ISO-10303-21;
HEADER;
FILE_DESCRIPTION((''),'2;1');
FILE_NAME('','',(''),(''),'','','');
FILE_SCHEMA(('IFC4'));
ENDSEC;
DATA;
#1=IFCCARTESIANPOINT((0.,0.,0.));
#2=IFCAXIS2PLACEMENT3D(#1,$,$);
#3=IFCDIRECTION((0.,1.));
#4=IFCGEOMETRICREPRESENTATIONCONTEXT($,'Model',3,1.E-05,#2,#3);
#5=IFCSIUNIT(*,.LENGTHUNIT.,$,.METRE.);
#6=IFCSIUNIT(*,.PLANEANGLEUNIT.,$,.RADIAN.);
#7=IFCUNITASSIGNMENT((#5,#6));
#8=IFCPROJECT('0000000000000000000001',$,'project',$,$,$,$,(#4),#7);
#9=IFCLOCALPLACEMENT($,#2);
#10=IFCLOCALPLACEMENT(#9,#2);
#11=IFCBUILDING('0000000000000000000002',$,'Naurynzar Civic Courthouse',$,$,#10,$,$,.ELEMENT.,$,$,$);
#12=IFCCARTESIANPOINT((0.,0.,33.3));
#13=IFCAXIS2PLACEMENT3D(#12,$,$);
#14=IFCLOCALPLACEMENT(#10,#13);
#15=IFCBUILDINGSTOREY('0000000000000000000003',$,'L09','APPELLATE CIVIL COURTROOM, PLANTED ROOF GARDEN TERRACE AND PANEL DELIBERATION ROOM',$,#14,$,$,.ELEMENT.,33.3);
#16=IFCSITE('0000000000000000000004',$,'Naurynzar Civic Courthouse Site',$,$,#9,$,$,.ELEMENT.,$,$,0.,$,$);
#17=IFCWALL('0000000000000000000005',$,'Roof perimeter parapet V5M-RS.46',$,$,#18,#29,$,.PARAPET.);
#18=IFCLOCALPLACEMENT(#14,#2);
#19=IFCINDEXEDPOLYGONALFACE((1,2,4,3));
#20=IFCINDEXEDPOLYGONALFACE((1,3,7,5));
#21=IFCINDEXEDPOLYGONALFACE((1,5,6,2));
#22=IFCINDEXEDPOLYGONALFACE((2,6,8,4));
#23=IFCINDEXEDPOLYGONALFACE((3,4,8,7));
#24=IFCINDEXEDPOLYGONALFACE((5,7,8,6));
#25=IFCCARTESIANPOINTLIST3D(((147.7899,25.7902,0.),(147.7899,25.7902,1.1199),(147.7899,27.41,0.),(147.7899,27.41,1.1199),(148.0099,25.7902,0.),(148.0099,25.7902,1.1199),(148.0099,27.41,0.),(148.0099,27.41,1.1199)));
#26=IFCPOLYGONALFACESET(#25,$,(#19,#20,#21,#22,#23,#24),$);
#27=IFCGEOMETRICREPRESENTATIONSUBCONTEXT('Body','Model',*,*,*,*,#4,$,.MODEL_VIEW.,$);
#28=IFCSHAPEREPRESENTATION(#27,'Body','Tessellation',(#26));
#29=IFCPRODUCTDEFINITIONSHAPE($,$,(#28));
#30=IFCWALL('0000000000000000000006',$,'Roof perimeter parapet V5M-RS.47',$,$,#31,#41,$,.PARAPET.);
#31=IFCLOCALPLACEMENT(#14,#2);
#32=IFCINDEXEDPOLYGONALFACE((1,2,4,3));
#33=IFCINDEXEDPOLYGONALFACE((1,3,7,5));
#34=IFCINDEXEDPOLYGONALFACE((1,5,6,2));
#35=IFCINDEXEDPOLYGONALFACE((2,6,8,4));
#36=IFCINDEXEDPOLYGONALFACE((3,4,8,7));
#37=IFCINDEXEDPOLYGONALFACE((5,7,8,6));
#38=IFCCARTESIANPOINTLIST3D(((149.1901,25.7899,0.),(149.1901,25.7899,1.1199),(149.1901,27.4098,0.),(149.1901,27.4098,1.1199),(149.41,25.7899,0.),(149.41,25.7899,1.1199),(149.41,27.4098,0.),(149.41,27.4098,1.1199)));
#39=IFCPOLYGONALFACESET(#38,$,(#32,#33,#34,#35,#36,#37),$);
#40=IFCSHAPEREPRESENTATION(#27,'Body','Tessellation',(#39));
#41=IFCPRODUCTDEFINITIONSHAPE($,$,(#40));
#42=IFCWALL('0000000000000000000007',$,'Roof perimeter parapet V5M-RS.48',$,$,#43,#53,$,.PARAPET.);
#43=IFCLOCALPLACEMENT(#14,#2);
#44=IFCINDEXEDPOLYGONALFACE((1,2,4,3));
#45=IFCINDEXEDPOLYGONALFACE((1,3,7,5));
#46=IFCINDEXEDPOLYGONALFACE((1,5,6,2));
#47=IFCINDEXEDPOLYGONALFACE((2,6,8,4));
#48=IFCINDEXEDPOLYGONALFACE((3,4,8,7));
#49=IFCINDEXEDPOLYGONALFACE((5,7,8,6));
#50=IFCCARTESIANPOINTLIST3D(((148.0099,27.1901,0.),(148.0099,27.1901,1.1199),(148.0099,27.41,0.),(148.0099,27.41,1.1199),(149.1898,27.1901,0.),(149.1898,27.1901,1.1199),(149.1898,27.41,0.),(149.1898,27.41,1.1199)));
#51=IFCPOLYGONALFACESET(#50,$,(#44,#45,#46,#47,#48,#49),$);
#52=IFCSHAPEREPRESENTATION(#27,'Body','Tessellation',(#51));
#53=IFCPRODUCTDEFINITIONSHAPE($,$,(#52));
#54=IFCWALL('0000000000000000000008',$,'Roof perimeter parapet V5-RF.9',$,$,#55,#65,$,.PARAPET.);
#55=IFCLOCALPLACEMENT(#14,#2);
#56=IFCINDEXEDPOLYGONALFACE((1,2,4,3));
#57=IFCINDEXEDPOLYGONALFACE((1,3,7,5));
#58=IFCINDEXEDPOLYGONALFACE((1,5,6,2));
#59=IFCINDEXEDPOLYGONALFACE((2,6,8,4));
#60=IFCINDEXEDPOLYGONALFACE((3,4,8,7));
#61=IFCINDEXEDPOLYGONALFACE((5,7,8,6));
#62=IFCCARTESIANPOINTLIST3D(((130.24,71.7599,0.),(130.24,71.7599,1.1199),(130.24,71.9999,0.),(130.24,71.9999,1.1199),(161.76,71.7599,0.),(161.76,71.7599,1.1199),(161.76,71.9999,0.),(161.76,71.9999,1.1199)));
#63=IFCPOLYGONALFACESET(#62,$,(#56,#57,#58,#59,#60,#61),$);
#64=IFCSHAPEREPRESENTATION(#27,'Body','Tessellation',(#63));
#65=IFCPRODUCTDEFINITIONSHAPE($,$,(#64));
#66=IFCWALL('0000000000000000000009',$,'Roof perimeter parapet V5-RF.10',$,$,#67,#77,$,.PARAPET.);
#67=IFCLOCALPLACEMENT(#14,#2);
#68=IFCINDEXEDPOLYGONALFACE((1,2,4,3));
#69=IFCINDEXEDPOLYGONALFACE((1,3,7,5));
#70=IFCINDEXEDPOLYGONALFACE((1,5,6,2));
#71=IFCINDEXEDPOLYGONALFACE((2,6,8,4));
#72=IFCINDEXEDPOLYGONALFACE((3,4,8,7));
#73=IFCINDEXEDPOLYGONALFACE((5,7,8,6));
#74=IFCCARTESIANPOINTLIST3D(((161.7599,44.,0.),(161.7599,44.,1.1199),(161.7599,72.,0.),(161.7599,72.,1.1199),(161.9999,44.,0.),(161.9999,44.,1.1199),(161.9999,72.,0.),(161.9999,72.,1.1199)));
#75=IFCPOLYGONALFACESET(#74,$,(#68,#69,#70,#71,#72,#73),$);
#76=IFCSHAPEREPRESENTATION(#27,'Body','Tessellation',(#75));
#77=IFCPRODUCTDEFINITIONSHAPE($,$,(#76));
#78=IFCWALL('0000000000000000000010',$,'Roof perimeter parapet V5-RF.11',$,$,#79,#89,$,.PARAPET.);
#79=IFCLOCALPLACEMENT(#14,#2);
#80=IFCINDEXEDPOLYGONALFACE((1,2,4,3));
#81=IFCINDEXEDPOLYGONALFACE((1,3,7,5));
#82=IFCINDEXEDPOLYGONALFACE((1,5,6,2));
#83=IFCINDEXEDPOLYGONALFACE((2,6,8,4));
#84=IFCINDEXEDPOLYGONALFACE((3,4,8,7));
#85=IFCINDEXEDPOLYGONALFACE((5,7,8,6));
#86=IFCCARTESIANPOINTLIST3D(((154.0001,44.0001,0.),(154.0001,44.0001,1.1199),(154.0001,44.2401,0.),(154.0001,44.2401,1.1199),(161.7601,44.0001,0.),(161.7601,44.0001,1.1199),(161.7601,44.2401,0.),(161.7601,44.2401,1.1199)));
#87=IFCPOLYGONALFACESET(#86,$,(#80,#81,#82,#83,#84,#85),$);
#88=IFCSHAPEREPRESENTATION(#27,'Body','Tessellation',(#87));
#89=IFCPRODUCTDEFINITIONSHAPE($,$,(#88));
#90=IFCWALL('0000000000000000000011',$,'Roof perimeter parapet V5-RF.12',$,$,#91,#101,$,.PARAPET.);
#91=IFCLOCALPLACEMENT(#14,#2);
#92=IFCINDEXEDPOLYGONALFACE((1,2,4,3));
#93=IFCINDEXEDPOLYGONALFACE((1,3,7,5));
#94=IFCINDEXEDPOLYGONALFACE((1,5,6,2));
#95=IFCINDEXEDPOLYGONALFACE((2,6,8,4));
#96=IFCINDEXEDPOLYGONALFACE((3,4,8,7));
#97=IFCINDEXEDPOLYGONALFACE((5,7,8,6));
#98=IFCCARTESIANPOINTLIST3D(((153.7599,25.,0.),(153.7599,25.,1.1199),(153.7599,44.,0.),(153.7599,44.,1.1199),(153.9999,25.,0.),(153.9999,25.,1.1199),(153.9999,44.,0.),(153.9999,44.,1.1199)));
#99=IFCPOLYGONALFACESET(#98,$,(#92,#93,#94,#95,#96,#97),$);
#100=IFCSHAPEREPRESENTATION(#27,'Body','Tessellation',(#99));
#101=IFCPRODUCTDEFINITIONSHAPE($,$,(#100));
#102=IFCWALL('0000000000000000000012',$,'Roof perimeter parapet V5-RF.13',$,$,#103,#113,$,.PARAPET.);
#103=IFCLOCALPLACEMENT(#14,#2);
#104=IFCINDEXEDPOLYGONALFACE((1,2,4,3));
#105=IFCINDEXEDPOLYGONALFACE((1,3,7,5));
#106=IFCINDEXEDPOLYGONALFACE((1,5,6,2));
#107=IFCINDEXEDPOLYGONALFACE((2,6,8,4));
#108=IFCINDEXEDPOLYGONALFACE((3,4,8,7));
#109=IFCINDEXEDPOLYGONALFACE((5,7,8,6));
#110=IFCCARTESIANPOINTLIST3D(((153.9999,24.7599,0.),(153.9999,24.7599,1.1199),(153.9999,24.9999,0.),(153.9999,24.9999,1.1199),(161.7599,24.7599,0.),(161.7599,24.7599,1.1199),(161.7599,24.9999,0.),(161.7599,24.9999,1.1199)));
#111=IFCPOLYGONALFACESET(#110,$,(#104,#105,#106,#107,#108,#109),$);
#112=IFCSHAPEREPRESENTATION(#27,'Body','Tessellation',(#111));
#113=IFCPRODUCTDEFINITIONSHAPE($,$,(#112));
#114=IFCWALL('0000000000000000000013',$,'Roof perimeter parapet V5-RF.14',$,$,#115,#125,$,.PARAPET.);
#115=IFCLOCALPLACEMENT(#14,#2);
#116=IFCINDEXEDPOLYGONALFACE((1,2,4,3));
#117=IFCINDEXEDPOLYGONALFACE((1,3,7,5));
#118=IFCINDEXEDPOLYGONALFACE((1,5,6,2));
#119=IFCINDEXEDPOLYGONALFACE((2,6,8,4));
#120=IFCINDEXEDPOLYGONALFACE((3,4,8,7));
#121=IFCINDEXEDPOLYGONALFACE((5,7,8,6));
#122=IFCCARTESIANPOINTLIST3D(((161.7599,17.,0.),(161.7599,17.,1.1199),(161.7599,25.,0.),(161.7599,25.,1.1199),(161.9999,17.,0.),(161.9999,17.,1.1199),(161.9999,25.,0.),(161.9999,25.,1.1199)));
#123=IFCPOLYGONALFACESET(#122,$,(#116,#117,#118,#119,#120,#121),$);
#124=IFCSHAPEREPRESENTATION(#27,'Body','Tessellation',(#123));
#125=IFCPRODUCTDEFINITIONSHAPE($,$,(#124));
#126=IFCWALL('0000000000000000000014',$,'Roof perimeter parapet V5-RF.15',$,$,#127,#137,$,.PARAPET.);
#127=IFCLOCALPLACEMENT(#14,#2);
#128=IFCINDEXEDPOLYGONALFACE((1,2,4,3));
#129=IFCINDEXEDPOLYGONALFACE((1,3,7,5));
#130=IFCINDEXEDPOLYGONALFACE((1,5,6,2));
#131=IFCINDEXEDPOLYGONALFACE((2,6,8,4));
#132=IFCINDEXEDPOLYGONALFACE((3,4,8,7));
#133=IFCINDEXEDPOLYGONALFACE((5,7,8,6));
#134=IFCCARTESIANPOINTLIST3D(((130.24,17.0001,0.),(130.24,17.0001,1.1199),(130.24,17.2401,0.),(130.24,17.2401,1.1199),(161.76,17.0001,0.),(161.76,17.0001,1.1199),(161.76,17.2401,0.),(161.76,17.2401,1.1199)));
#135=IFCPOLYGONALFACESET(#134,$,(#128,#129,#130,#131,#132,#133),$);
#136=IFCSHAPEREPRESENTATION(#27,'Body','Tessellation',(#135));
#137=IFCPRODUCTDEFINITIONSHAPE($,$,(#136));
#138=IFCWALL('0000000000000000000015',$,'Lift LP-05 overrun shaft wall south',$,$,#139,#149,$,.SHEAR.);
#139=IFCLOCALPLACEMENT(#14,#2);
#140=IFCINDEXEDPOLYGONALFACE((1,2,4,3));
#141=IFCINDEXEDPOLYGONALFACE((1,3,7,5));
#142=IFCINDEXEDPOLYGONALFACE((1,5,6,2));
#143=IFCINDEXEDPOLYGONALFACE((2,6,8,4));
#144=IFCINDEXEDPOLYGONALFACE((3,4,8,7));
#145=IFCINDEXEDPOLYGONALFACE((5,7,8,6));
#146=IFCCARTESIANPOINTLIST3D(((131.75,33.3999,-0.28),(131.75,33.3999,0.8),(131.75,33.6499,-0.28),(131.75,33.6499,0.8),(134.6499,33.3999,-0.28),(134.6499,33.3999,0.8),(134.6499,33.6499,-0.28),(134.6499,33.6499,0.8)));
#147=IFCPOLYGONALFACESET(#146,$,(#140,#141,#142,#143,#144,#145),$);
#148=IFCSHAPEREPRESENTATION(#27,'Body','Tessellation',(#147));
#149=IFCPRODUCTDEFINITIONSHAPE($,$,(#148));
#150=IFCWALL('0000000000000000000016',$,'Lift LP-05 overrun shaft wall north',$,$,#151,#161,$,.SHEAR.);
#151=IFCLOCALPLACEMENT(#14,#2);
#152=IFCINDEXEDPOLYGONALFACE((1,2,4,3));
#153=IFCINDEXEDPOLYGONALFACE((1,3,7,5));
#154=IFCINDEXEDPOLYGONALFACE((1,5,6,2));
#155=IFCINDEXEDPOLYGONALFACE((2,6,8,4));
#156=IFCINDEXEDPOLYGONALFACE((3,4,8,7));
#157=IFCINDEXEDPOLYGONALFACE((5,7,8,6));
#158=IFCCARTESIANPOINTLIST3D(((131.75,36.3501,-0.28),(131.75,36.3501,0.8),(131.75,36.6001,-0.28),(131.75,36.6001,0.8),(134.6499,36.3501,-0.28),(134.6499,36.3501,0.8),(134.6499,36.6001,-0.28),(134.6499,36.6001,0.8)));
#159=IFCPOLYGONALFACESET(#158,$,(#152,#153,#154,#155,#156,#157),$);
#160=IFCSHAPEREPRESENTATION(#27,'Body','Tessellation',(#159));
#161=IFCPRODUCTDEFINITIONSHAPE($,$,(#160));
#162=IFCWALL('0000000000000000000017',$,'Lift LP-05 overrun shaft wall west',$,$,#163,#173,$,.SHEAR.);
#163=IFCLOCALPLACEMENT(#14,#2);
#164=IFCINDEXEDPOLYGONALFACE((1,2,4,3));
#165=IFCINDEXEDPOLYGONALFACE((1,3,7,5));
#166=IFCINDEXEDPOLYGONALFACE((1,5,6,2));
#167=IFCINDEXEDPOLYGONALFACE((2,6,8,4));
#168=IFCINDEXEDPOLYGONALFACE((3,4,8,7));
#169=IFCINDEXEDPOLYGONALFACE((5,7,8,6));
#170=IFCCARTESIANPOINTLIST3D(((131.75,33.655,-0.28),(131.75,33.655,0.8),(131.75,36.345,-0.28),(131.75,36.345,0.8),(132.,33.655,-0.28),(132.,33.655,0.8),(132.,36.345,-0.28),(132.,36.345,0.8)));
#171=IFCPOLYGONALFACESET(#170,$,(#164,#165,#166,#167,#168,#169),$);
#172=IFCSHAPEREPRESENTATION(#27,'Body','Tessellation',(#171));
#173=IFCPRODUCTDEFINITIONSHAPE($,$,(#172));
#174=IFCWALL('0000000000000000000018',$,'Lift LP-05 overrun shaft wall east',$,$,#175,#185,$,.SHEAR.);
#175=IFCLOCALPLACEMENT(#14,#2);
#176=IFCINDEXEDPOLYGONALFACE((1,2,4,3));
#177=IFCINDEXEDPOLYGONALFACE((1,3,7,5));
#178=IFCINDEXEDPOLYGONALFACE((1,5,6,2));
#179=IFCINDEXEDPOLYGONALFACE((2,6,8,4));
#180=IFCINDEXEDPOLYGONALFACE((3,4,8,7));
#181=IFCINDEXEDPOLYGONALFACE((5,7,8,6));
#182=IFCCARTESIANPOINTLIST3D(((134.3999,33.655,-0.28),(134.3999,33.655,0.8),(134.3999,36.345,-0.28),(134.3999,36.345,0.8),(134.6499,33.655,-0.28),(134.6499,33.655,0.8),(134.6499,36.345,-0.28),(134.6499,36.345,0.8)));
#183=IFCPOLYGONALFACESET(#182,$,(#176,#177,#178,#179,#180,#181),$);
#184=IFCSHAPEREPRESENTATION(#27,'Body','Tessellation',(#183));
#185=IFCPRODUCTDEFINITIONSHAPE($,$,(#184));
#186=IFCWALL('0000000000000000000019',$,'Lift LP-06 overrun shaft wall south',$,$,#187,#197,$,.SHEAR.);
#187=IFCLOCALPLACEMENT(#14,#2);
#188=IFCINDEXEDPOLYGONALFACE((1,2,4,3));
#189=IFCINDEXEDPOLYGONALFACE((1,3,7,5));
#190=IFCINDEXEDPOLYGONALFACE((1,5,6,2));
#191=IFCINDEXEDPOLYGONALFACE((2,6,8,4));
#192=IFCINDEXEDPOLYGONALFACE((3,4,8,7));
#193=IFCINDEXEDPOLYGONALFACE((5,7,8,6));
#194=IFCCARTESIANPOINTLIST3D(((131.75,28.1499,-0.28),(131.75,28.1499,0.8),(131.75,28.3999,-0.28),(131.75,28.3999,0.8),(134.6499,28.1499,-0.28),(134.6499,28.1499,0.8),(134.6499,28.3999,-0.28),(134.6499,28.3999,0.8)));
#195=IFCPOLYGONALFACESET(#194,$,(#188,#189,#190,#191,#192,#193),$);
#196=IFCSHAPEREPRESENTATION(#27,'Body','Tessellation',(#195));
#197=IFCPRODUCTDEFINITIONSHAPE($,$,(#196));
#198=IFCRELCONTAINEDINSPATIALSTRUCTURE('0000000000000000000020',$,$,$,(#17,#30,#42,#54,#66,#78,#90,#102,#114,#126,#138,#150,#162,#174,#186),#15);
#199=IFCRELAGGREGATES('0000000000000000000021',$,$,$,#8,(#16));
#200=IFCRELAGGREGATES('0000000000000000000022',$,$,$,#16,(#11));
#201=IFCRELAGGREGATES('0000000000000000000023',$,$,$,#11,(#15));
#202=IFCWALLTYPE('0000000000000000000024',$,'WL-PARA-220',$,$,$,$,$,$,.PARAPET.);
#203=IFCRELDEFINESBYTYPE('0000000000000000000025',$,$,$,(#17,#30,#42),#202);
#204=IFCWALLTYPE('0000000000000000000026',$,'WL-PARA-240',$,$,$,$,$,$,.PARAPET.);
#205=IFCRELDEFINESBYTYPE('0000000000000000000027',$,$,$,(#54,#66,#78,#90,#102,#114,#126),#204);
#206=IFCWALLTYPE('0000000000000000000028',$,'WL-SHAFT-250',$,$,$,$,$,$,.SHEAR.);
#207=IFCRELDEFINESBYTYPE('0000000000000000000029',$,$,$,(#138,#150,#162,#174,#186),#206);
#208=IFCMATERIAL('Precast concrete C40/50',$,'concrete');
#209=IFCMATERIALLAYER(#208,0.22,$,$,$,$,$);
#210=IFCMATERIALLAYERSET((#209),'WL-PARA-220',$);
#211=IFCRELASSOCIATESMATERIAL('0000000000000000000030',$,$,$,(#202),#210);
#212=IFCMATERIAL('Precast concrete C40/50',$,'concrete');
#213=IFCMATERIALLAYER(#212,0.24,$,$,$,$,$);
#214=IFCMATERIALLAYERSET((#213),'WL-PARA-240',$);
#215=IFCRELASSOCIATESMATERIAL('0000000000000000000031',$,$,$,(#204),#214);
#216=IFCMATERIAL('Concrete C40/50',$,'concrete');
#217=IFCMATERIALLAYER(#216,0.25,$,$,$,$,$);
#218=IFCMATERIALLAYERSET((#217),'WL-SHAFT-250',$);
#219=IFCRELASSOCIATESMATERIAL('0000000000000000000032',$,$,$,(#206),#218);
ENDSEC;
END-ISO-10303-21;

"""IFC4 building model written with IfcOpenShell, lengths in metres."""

from ifc_helpers import new_model, si_unit, direction, frame, frame_2d, origin, place, context, subcontext, project, spatial, rectangle, extrude, material, layer, layer_set, type_object, element, save


model = new_model("IFC4")

# Units and contexts
model_context = context("Model", 3, precision=1e-05, world=origin(), true_north=direction((0.0, 1.0)))
body_context = subcontext(model_context, "Body", "Model", "MODEL_VIEW")
ifc_project = project(units=[si_unit("LENGTHUNIT", "METRE"), si_unit("PLANEANGLEUNIT", "RADIAN")], contexts=[model_context])

# Site, building, storey
site_placement = place(None, origin())
site = spatial("IfcSite", under=ifc_project, at=site_placement, Name="Naurynzar Civic Courthouse Site", CompositionType="ELEMENT", RefElevation=0.0)
building_placement = place(site_placement, origin())
building = spatial("IfcBuilding", under=site, at=building_placement, Name="Naurynzar Civic Courthouse", CompositionType="ELEMENT")
storey_placement = place(building_placement, frame((0.0, 0.0, 33.3)))
storey = spatial("IfcBuildingStorey", under=building, at=storey_placement, Name="L09", Description="APPELLATE CIVIL COURTROOM, PLANTED ROOF GARDEN TERRACE AND PANEL DELIBERATION ROOM", CompositionType="ELEMENT", Elevation=33.3)

# Walls
ifc_material_1 = material(Name="Precast concrete C40/50", Category="concrete")
ifc_layer_1 = layer(ifc_material_1, 0.22)
ifc_layer_set_1 = layer_set([ifc_layer_1], Name="WL-PARA-220")
wall_type_1 = type_object("IfcWallType", Name="WL-PARA-220", PredefinedType="PARAPET", material=ifc_layer_set_1)
for number, where, z_axis, x_axis, name in (
    (1, (147.8999, 25.79, 0.0), (0.0, 0.0, 1.0), (0.0, 1.0, 0.0), "Roof perimeter parapet V5M-RS.46"),
    (2, (149.3, 27.4099, 0.0), (0.0, 0.0, 1.0), (0.0, -1.0, 0.0), "Roof perimeter parapet V5M-RS.47"),
):
    element("IfcWall", number, at=place(storey_placement, frame(where, z_axis=z_axis, x_axis=x_axis)), inside=storey, type_object=wall_type_1, Name=name, PredefinedType="PARAPET", context=body_context, shape_type="SweptSolid", body=[
        extrude(rectangle(XDim=1.6199, YDim=0.22, at=frame_2d((0.8101, 0.0))), origin(), (0.0, 0.0, 1.0), 1.1199),
    ])
for number, where, z_axis, x_axis, name in (
    (3, (148.01, 27.3, 0.0), (0.0, 0.0, 1.0), (1.0, 0.0, 0.0), "Roof perimeter parapet V5M-RS.48"),
):
    element("IfcWall", number, at=place(storey_placement, frame(where, z_axis=z_axis, x_axis=x_axis)), inside=storey, type_object=wall_type_1, Name=name, PredefinedType="PARAPET", context=body_context, shape_type="SweptSolid", body=[
        extrude(rectangle(XDim=1.1799, YDim=0.22, at=frame_2d((0.5898, 0.0))), origin(), (0.0, 0.0, 1.0), 1.1199),
    ])
ifc_material_2 = material(Name="Precast concrete C40/50", Category="concrete")
ifc_layer_2 = layer(ifc_material_2, 0.24)
ifc_layer_set_2 = layer_set([ifc_layer_2], Name="WL-PARA-240")
wall_type_2 = type_object("IfcWallType", Name="WL-PARA-240", PredefinedType="PARAPET", material=ifc_layer_set_2)
wall_1_placement = place(storey_placement, frame((130.24, 71.8799, 0.0), z_axis=(0.0, 0.0, 1.0), x_axis=(1.0, 0.0, 0.0)))
element("IfcWall", 4, at=wall_1_placement, inside=storey, type_object=wall_type_2, Name="Roof perimeter parapet V5-RF.9", PredefinedType="PARAPET", context=body_context, shape_type="SweptSolid", body=[
    extrude(rectangle(XDim=31.52, YDim=0.24, at=frame_2d((15.76, 0.0))), origin(), (0.0, 0.0, 1.0), 1.1199),
])
wall_2_placement = place(storey_placement, frame((161.8799, 72.0, 0.0), z_axis=(0.0, 0.0, 1.0), x_axis=(0.0, -1.0, 0.0)))
element("IfcWall", 5, at=wall_2_placement, inside=storey, type_object=wall_type_2, Name="Roof perimeter parapet V5-RF.10", PredefinedType="PARAPET", context=body_context, shape_type="SweptSolid", body=[
    extrude(rectangle(XDim=28.0, YDim=0.24, at=frame_2d((14.0, 0.0))), origin(), (0.0, 0.0, 1.0), 1.1199),
])
wall_3_placement = place(storey_placement, frame((161.76, 44.1201, 0.0), z_axis=(0.0, 0.0, 1.0), x_axis=(-1.0, 0.0, 0.0)))
element("IfcWall", 6, at=wall_3_placement, inside=storey, type_object=wall_type_2, Name="Roof perimeter parapet V5-RF.11", PredefinedType="PARAPET", context=body_context, shape_type="SweptSolid", body=[
    extrude(rectangle(XDim=7.76, YDim=0.24, at=frame_2d((3.8799, 0.0))), origin(), (0.0, 0.0, 1.0), 1.1199),
])
wall_4_placement = place(storey_placement, frame((153.8799, 44.0, 0.0), z_axis=(0.0, 0.0, 1.0), x_axis=(0.0, -1.0, 0.0)))
element("IfcWall", 7, at=wall_4_placement, inside=storey, type_object=wall_type_2, Name="Roof perimeter parapet V5-RF.12", PredefinedType="PARAPET", context=body_context, shape_type="SweptSolid", body=[
    extrude(rectangle(XDim=19.0, YDim=0.24, at=frame_2d((9.5, 0.0))), origin(), (0.0, 0.0, 1.0), 1.1199),
])
wall_5_placement = place(storey_placement, frame((154.0, 24.8799, 0.0), z_axis=(0.0, 0.0, 1.0), x_axis=(1.0, 0.0, 0.0)))
element("IfcWall", 8, at=wall_5_placement, inside=storey, type_object=wall_type_2, Name="Roof perimeter parapet V5-RF.13", PredefinedType="PARAPET", context=body_context, shape_type="SweptSolid", body=[
    extrude(rectangle(XDim=7.76, YDim=0.24, at=frame_2d((3.8799, 0.0))), origin(), (0.0, 0.0, 1.0), 1.1199),
])
wall_6_placement = place(storey_placement, frame((161.8799, 25.0, 0.0), z_axis=(0.0, 0.0, 1.0), x_axis=(0.0, -1.0, 0.0)))
element("IfcWall", 9, at=wall_6_placement, inside=storey, type_object=wall_type_2, Name="Roof perimeter parapet V5-RF.14", PredefinedType="PARAPET", context=body_context, shape_type="SweptSolid", body=[
    extrude(rectangle(XDim=8.0, YDim=0.24, at=frame_2d((4.0, 0.0))), origin(), (0.0, 0.0, 1.0), 1.1199),
])
wall_7_placement = place(storey_placement, frame((161.76, 17.1201, 0.0), z_axis=(0.0, 0.0, 1.0), x_axis=(-1.0, 0.0, 0.0)))
element("IfcWall", 10, at=wall_7_placement, inside=storey, type_object=wall_type_2, Name="Roof perimeter parapet V5-RF.15", PredefinedType="PARAPET", context=body_context, shape_type="SweptSolid", body=[
    extrude(rectangle(XDim=31.52, YDim=0.24, at=frame_2d((15.76, 0.0))), origin(), (0.0, 0.0, 1.0), 1.1199),
])
ifc_material_3 = material(Name="Concrete C40/50", Category="concrete")
ifc_layer_3 = layer(ifc_material_3, 0.25)
ifc_layer_set_3 = layer_set([ifc_layer_3], Name="WL-SHAFT-250")
wall_type_3 = type_object("IfcWallType", Name="WL-SHAFT-250", PredefinedType="SHEAR", material=ifc_layer_set_3)
for number, where, z_axis, x_axis, name in (
    (11, (131.75, 33.5249, -0.28), (0.0, 0.0, 1.0), (1.0, 0.0, 0.0), "Lift LP-05 overrun shaft wall south"),
    (12, (134.6499, 36.4751, -0.28), (0.0, 0.0, 1.0), (-1.0, 0.0, 0.0), "Lift LP-05 overrun shaft wall north"),
):
    element("IfcWall", number, at=place(storey_placement, frame(where, z_axis=z_axis, x_axis=x_axis)), inside=storey, type_object=wall_type_3, Name=name, PredefinedType="SHEAR", context=body_context, shape_type="SweptSolid", body=[
        extrude(rectangle(XDim=2.8999, YDim=0.25, at=frame_2d((1.45, 0.0))), origin(), (0.0, 0.0, 1.0), 1.0801),
    ])
for number, where, z_axis, x_axis, name in (
    (13, (131.875, 36.345, -0.28), (0.0, 0.0, 1.0), (0.0, -1.0, 0.0), "Lift LP-05 overrun shaft wall west"),
    (14, (134.5249, 33.655, -0.28), (0.0, 0.0, 1.0), (0.0, 1.0, 0.0), "Lift LP-05 overrun shaft wall east"),
):
    element("IfcWall", number, at=place(storey_placement, frame(where, z_axis=z_axis, x_axis=x_axis)), inside=storey, type_object=wall_type_3, Name=name, PredefinedType="SHEAR", context=body_context, shape_type="SweptSolid", body=[
        extrude(rectangle(XDim=2.6899, YDim=0.25, at=frame_2d((1.345, 0.0))), origin(), (0.0, 0.0, 1.0), 1.0801),
    ])
for number, where, z_axis, x_axis, name in (
    (15, (131.75, 28.2749, -0.28), (0.0, 0.0, 1.0), (1.0, 0.0, 0.0), "Lift LP-06 overrun shaft wall south"),
):
    element("IfcWall", number, at=place(storey_placement, frame(where, z_axis=z_axis, x_axis=x_axis)), inside=storey, type_object=wall_type_3, Name=name, PredefinedType="SHEAR", context=body_context, shape_type="SweptSolid", body=[
        extrude(rectangle(XDim=2.8999, YDim=0.25, at=frame_2d((1.45, 0.0))), origin(), (0.0, 0.0, 1.0), 1.0801),
    ])

save(model, "model.ifc")
